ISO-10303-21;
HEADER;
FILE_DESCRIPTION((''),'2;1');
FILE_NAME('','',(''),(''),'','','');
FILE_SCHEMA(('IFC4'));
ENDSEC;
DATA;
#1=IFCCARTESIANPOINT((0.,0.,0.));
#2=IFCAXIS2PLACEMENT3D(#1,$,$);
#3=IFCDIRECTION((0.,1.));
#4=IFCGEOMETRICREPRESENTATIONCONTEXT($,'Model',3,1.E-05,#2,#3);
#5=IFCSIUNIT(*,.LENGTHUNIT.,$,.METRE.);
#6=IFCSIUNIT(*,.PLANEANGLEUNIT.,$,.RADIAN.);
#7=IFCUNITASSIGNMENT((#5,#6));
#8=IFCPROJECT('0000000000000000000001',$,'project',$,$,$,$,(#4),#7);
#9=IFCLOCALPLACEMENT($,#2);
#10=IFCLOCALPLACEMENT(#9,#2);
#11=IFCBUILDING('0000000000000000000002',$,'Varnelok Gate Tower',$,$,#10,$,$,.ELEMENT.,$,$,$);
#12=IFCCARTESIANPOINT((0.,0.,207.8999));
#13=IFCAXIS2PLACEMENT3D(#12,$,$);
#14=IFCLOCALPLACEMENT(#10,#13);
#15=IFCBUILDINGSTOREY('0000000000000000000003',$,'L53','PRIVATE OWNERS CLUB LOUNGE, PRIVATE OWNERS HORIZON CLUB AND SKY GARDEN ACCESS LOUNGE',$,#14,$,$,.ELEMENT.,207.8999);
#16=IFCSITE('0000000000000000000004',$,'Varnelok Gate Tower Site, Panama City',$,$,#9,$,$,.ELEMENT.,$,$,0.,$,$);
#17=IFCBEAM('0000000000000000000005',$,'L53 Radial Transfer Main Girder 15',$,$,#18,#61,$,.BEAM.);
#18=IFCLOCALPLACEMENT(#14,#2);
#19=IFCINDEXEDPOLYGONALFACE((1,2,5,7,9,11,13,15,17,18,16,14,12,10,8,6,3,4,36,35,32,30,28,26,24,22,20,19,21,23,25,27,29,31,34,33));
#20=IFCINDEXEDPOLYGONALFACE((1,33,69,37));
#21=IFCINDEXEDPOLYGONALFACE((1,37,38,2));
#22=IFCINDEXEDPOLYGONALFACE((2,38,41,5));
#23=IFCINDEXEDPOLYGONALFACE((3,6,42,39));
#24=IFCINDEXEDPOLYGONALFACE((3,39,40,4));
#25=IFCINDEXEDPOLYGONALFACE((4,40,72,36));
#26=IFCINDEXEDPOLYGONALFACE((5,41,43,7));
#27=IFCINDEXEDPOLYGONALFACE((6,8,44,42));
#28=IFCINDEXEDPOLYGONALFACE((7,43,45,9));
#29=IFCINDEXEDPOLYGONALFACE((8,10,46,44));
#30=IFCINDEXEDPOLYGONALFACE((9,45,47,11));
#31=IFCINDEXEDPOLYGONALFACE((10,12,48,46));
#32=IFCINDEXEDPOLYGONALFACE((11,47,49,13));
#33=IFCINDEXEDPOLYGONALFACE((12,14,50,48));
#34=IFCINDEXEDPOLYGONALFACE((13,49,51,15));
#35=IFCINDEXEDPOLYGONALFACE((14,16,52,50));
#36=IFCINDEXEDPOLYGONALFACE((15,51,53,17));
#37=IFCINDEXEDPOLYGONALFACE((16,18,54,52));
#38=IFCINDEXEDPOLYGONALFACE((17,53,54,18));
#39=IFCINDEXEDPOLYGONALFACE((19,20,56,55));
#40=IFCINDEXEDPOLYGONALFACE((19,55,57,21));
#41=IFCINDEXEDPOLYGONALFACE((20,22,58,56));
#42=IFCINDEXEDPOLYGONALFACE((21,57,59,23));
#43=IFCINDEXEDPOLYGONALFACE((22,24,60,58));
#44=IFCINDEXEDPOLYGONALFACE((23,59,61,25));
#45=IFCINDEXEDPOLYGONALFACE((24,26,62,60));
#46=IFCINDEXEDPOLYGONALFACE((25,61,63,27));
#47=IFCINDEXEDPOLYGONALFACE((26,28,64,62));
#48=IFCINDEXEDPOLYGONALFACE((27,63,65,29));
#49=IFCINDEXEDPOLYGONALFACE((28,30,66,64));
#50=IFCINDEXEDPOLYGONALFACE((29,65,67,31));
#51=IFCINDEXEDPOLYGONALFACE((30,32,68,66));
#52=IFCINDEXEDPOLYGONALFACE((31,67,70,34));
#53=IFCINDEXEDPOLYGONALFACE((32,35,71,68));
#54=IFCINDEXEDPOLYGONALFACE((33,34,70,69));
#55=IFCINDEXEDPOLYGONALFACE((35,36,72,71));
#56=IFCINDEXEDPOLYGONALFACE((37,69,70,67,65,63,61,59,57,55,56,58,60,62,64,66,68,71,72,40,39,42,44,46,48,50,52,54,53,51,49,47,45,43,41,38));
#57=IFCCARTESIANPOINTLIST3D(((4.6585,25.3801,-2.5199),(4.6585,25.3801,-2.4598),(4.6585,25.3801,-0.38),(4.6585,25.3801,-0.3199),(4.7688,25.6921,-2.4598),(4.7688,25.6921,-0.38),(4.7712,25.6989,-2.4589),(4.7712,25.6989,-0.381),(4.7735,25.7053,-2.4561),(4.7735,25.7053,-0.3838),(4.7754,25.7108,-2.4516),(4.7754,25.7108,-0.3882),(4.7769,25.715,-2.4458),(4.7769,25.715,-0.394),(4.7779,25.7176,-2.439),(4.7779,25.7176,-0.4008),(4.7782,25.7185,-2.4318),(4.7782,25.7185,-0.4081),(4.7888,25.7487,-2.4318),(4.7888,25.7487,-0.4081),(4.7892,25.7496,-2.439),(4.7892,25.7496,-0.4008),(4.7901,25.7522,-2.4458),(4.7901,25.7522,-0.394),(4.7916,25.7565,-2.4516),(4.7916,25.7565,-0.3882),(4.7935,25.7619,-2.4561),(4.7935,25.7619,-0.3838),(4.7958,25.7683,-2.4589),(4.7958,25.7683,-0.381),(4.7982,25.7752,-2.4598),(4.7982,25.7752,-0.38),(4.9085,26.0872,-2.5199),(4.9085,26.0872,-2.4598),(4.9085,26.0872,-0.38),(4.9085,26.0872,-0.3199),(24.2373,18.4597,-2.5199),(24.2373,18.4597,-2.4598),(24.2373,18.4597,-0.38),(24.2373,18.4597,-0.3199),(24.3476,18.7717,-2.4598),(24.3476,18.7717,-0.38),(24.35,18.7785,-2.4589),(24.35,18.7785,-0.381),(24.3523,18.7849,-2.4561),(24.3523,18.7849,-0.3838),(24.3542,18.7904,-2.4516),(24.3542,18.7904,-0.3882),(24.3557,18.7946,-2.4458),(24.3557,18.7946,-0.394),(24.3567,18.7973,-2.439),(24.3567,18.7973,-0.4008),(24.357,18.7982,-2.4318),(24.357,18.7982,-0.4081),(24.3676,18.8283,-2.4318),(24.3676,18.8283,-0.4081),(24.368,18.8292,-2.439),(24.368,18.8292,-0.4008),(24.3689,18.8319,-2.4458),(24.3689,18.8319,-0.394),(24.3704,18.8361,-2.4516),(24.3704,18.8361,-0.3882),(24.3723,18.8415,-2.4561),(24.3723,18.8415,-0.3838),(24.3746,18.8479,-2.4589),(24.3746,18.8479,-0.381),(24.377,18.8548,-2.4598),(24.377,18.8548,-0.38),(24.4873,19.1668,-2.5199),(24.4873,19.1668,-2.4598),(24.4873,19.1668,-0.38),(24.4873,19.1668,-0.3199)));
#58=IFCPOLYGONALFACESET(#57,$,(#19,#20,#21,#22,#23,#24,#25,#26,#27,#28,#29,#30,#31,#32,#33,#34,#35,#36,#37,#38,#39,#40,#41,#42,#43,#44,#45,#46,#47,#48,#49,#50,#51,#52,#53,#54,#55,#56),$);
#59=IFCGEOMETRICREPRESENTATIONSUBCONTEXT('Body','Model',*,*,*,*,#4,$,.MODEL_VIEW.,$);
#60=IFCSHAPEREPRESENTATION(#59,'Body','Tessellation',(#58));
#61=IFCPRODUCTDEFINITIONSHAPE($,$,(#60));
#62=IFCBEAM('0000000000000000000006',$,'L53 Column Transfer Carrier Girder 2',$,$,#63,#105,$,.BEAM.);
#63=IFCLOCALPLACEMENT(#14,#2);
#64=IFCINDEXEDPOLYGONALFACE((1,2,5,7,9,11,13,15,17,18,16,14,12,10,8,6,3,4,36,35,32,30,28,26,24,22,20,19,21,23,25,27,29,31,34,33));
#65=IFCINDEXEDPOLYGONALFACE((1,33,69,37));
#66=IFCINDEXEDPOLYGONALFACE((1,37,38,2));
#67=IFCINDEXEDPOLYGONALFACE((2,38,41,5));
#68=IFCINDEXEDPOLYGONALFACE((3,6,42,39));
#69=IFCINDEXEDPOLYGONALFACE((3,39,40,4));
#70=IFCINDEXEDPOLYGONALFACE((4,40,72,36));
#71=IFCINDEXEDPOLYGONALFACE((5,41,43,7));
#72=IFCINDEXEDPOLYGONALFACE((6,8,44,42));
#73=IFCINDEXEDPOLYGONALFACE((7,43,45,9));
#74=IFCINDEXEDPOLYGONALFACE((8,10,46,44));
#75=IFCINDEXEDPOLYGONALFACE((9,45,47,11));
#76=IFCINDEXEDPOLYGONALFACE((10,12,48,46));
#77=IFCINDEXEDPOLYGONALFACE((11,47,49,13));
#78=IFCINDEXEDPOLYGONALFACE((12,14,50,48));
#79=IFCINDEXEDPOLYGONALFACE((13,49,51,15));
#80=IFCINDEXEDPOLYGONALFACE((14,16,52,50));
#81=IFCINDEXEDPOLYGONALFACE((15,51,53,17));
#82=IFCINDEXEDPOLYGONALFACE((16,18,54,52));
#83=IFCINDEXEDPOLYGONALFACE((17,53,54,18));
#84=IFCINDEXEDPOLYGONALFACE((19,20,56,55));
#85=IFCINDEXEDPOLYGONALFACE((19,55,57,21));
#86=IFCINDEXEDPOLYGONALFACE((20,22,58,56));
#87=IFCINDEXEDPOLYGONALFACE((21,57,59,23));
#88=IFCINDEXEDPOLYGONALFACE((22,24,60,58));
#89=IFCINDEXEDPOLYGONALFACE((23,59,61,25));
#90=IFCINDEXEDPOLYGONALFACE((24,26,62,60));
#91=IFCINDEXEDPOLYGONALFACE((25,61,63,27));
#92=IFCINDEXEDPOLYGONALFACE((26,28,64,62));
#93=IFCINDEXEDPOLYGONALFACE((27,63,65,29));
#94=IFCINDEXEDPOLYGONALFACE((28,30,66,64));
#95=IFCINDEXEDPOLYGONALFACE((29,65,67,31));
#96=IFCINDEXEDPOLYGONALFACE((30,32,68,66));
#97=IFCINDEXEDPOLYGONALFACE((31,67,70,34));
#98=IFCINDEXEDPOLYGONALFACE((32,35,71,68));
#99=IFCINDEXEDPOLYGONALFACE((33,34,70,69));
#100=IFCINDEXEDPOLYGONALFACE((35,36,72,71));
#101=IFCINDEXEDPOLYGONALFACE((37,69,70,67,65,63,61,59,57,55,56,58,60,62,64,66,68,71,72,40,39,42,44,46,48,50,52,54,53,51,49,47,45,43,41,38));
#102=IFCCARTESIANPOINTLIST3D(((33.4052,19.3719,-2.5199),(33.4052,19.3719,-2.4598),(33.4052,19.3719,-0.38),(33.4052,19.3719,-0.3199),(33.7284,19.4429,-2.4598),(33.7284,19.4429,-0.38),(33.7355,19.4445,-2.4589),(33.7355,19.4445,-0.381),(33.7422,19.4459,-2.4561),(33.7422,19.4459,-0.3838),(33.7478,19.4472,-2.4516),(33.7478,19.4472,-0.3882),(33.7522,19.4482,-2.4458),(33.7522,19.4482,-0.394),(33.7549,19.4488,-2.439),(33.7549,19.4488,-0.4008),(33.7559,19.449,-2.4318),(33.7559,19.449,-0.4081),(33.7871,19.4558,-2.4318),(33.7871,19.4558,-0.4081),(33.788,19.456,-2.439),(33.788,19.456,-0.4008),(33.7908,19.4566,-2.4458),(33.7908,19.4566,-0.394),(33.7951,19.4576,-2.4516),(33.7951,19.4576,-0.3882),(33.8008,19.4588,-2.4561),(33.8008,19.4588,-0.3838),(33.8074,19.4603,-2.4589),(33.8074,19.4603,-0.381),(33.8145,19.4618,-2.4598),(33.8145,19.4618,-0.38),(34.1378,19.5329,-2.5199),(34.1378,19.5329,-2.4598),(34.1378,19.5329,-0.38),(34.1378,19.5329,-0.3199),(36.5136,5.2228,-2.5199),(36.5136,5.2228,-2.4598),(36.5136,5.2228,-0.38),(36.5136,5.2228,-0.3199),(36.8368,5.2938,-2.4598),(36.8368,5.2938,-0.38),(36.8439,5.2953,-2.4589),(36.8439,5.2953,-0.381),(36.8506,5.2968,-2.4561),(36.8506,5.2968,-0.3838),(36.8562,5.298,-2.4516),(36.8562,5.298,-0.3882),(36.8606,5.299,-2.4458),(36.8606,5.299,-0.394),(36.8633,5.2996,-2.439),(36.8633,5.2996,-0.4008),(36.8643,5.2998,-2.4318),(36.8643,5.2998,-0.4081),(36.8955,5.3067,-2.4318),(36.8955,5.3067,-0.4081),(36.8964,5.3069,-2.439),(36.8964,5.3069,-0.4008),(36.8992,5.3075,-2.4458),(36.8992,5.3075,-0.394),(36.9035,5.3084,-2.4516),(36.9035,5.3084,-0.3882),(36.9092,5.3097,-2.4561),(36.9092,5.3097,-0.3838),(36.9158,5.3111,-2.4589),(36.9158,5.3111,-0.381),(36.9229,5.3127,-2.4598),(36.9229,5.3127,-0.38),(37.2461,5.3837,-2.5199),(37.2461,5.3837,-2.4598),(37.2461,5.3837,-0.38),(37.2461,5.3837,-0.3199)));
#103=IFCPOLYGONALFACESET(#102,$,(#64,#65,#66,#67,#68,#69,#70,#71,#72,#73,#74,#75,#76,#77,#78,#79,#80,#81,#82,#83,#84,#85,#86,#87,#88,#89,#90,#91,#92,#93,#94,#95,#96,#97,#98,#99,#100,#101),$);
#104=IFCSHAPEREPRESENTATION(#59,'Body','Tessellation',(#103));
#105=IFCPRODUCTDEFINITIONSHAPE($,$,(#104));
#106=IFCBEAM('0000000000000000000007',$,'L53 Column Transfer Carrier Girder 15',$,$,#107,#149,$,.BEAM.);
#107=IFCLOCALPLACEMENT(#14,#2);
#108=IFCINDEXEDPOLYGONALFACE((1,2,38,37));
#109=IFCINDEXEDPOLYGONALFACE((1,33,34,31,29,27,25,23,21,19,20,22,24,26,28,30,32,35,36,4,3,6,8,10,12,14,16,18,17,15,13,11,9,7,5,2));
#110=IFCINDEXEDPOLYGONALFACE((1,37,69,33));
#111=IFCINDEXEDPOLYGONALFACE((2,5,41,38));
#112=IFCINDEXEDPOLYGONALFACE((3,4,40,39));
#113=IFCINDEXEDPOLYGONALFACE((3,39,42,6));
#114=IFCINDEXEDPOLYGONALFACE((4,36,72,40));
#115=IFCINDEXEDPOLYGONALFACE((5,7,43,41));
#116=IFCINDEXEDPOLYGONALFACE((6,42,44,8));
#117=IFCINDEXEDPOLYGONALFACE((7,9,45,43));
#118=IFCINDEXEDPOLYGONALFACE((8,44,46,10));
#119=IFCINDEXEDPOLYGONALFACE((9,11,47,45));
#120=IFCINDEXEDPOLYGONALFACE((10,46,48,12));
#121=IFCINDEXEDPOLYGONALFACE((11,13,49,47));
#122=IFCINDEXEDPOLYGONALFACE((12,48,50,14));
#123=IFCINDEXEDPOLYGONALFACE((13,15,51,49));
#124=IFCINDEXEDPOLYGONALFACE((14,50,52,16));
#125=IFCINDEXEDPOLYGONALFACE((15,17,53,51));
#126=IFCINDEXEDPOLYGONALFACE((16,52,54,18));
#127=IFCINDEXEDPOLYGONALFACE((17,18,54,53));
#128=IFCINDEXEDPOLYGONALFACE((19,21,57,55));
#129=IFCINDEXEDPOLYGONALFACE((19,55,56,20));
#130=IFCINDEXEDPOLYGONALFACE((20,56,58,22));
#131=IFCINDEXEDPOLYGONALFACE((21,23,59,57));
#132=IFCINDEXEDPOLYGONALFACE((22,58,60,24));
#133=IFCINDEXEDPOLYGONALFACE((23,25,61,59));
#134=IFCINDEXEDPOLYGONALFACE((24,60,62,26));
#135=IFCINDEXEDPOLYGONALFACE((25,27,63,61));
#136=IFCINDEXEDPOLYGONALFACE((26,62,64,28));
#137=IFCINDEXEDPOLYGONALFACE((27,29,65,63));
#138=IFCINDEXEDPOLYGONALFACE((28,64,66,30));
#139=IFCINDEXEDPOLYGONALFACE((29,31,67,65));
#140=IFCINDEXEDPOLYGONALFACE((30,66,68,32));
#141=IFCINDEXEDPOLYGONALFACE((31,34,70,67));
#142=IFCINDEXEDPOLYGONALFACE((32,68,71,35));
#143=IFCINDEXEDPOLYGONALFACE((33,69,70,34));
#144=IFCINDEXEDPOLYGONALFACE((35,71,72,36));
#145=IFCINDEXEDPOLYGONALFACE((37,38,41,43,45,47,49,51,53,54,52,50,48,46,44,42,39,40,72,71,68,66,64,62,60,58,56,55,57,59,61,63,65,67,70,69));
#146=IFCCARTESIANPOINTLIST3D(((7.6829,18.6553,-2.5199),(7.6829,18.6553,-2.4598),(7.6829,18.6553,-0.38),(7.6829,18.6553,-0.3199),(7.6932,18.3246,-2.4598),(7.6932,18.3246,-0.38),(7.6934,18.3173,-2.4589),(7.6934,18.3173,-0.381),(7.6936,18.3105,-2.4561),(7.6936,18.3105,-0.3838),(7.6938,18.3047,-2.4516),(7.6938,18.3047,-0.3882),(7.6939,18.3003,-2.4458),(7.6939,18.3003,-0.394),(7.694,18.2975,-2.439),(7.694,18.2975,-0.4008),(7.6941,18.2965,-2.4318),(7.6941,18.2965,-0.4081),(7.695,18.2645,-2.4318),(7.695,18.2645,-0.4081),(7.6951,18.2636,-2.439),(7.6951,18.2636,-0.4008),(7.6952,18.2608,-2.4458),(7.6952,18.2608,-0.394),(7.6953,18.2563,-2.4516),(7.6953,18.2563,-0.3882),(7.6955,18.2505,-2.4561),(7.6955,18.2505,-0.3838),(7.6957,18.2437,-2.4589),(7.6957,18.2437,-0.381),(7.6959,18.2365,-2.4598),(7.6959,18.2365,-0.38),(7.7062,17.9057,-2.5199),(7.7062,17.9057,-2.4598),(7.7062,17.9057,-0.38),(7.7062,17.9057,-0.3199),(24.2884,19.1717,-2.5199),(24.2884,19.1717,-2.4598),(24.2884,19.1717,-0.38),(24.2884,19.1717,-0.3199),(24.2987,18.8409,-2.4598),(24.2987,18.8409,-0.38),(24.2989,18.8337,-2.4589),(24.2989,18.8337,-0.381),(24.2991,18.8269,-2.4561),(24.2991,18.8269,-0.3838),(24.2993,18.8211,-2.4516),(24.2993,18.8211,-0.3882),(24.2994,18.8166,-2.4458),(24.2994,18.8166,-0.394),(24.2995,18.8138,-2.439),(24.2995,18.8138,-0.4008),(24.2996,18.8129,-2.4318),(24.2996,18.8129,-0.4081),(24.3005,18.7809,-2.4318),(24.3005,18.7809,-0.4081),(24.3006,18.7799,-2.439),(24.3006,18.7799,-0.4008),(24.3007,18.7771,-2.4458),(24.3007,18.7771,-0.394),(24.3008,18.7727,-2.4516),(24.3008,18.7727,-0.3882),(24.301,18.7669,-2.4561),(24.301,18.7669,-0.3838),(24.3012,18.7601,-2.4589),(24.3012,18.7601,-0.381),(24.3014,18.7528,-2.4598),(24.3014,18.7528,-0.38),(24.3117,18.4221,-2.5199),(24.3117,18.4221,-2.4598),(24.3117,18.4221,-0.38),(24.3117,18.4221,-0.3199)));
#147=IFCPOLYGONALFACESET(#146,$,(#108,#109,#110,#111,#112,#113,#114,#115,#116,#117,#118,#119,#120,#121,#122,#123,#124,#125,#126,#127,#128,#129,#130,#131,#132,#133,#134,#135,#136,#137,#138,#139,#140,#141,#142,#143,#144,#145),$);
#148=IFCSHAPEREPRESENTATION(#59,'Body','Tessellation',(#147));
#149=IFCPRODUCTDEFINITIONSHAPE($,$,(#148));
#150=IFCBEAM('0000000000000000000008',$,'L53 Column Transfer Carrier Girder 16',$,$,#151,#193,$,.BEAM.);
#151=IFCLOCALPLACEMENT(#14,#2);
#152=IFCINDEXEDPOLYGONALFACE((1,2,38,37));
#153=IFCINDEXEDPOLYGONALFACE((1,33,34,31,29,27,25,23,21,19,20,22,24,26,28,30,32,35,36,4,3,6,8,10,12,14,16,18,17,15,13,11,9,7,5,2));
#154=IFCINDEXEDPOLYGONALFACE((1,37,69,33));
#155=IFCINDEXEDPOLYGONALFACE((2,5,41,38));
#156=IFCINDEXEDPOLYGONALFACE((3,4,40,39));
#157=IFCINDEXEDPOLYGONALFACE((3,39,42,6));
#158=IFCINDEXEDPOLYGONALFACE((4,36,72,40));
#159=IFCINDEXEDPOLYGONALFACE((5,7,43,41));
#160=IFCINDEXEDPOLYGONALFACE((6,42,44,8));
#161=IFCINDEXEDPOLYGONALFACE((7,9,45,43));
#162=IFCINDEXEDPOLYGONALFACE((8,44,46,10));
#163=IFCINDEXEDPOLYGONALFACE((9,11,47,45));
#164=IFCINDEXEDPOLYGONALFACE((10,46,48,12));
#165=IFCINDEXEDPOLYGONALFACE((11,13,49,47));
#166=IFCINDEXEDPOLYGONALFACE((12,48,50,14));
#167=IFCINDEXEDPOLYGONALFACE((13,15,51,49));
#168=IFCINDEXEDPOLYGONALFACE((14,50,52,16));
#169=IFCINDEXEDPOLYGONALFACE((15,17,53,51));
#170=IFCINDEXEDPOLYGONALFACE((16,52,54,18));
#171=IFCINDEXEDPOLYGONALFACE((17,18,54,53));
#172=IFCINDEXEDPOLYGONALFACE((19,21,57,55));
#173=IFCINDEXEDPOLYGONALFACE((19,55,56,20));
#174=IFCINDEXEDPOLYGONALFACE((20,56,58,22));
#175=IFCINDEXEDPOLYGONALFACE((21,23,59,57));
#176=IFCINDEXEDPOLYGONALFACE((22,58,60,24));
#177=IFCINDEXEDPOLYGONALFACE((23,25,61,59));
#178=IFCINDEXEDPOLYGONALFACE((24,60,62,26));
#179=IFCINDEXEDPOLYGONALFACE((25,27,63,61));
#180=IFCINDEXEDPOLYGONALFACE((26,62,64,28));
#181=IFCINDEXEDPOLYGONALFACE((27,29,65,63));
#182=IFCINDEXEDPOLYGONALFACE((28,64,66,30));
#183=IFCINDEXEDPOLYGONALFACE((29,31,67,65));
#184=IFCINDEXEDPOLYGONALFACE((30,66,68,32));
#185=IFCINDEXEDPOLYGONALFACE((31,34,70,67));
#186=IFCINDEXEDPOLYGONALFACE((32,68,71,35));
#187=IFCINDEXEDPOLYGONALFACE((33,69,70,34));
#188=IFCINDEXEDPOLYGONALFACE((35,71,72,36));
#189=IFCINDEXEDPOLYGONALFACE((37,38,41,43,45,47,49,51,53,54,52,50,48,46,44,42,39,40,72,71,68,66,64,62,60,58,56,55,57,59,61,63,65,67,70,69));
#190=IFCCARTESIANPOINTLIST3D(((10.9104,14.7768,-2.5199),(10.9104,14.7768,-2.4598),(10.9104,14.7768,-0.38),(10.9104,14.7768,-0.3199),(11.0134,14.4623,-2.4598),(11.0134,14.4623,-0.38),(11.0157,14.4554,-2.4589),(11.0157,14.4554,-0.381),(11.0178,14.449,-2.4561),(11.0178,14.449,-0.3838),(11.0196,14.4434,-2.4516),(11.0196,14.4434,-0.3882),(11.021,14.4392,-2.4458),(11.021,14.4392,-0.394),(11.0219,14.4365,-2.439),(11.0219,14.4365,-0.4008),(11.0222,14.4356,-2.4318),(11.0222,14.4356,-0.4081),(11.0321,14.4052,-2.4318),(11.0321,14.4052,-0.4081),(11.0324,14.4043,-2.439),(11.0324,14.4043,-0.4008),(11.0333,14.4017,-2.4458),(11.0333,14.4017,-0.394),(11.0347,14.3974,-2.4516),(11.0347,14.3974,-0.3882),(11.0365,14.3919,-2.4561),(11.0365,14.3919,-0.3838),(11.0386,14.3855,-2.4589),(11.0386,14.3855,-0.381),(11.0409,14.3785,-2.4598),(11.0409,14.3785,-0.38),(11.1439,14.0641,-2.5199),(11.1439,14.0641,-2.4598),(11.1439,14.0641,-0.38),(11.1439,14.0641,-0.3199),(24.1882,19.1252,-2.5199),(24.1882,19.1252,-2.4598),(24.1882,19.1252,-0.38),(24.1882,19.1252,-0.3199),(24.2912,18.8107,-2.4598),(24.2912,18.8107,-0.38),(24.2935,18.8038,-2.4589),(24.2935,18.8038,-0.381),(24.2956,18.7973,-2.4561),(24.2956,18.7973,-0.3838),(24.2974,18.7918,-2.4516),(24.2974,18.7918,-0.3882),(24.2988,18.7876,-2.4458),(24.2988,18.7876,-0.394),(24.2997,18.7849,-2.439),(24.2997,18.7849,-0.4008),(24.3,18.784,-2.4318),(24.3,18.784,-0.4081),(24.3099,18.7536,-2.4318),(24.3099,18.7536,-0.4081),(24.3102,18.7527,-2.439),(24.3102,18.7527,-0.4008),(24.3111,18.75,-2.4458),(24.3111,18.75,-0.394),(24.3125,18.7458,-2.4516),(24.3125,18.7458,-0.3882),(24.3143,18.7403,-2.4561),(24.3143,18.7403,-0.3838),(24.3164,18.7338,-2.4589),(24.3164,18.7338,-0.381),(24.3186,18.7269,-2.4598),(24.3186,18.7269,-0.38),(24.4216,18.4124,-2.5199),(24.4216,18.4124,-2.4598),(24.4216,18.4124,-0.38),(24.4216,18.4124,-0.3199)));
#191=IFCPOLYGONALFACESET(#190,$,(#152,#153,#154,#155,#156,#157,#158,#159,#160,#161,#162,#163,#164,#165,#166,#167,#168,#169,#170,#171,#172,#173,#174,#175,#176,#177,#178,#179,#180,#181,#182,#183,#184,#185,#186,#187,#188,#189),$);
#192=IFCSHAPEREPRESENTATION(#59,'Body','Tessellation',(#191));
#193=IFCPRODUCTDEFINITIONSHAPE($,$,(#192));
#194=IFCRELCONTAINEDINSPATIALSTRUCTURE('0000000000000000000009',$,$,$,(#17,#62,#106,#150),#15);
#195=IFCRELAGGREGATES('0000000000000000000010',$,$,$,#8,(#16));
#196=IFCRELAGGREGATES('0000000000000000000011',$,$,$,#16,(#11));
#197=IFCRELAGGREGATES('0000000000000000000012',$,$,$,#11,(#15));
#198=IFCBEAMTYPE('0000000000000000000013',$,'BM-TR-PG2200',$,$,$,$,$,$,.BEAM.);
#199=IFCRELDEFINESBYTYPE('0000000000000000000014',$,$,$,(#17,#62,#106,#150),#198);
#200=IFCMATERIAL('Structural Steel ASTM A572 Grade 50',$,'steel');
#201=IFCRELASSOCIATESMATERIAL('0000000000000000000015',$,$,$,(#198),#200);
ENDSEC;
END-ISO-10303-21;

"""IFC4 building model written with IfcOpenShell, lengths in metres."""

from ifc_helpers import new_model, si_unit, direction, frame, origin, origin_2d, place, context, subcontext, project, spatial, i_section, extrude, material, material_profile, profile_set, type_object, element, save


model = new_model("IFC4")

# Units and contexts
model_context = context("Model", 3, precision=1e-05, world=origin(), true_north=direction((0.0, 1.0)))
body_context = subcontext(model_context, "Body", "Model", "MODEL_VIEW")
ifc_project = project(units=[si_unit("LENGTHUNIT", "METRE"), si_unit("PLANEANGLEUNIT", "RADIAN")], contexts=[model_context])

# Site, building, storey
site_placement = place(None, origin())
site = spatial("IfcSite", under=ifc_project, at=site_placement, Name="Varnelok Gate Tower Site, Panama City", CompositionType="ELEMENT", RefElevation=0.0)
building_placement = place(site_placement, origin())
building = spatial("IfcBuilding", under=site, at=building_placement, Name="Varnelok Gate Tower", CompositionType="ELEMENT")
storey_placement = place(building_placement, frame((0.0, 0.0, 207.8999)))
storey = spatial("IfcBuildingStorey", under=building, at=storey_placement, Name="L53", Description="PRIVATE OWNERS CLUB LOUNGE, PRIVATE OWNERS HORIZON CLUB AND SKY GARDEN ACCESS LOUNGE", CompositionType="ELEMENT", Elevation=207.8999)

# Beams
ifc_material_1 = material(Name="Structural Steel ASTM A572 Grade 50", Category="steel")
ifc_material_profile_1 = material_profile(ifc_material_1, i_section(OverallWidth=0.75, OverallDepth=2.2, WebThickness=0.032, FlangeThickness=0.0601, FilletRadius=0.0281, at=origin_2d()), Name="PG2200X750")
ifc_profile_set_1 = profile_set([ifc_material_profile_1], Name="Structural Steel ASTM A572 Grade 50")
beam_type_1 = type_object("IfcBeamType", Name="BM-TR-PG2200", PredefinedType="BEAM", material=ifc_profile_set_1)
beam_1_placement = place(storey_placement, frame((24.3623, 18.8132, -1.4199), z_axis=(-0.942836, 0.333258, 0.0), x_axis=(-0.333258, -0.942836, 0.0)))
element("IfcBeam", 1, at=beam_1_placement, inside=storey, type_object=beam_type_1, Name="L53 Radial Transfer Main Girder 15", PredefinedType="BEAM", context=body_context, shape_type="SweptSolid", body=[
    extrude(i_section(OverallWidth=0.75, OverallDepth=2.2, WebThickness=0.032, FlangeThickness=0.0601, FilletRadius=0.0281, at=origin_2d()), origin(), (0.0, 0.0, 1.0), 20.7659),
])
beam_2_placement = place(storey_placement, frame((33.7715, 19.4524, -1.4199), z_axis=(0.214571, -0.976708, 0.0), x_axis=(0.976708, 0.214571, 0.0)))
element("IfcBeam", 2, at=beam_2_placement, inside=storey, type_object=beam_type_1, Name="L53 Column Transfer Carrier Girder 2", PredefinedType="BEAM", context=body_context, shape_type="SweptSolid", body=[
    extrude(i_section(OverallWidth=0.75, OverallDepth=2.2, WebThickness=0.032, FlangeThickness=0.0601, FilletRadius=0.0281, at=origin_2d()), origin(), (0.0, 0.0, 1.0), 14.4866),
])
beam_3_placement = place(storey_placement, frame((24.3, 18.7969, -1.4199), z_axis=(-0.999517, -0.031081, 0.0), x_axis=(0.031081, -0.999517, 0.0)))
element("IfcBeam", 3, at=beam_3_placement, inside=storey, type_object=beam_type_1, Name="L53 Column Transfer Carrier Girder 15", PredefinedType="BEAM", context=body_context, shape_type="SweptSolid", body=[
    extrude(i_section(OverallWidth=0.75, OverallDepth=2.2, WebThickness=0.032, FlangeThickness=0.0601, FilletRadius=0.0281, at=origin_2d()), origin(), (0.0, 0.0, 1.0), 16.6135),
])
beam_4_placement = place(storey_placement, frame((24.3049, 18.7688, -1.4199), z_axis=(-0.950335, -0.311228, 0.0), x_axis=(0.311228, -0.950335, 0.0)))
element("IfcBeam", 4, at=beam_4_placement, inside=storey, type_object=beam_type_1, Name="L53 Column Transfer Carrier Girder 16", PredefinedType="BEAM", context=body_context, shape_type="SweptSolid", body=[
    extrude(i_section(OverallWidth=0.75, OverallDepth=2.2, WebThickness=0.032, FlangeThickness=0.0601, FilletRadius=0.0281, at=origin_2d()), origin(), (0.0, 0.0, 1.0), 13.9717),
])

save(model, "model.ifc")
